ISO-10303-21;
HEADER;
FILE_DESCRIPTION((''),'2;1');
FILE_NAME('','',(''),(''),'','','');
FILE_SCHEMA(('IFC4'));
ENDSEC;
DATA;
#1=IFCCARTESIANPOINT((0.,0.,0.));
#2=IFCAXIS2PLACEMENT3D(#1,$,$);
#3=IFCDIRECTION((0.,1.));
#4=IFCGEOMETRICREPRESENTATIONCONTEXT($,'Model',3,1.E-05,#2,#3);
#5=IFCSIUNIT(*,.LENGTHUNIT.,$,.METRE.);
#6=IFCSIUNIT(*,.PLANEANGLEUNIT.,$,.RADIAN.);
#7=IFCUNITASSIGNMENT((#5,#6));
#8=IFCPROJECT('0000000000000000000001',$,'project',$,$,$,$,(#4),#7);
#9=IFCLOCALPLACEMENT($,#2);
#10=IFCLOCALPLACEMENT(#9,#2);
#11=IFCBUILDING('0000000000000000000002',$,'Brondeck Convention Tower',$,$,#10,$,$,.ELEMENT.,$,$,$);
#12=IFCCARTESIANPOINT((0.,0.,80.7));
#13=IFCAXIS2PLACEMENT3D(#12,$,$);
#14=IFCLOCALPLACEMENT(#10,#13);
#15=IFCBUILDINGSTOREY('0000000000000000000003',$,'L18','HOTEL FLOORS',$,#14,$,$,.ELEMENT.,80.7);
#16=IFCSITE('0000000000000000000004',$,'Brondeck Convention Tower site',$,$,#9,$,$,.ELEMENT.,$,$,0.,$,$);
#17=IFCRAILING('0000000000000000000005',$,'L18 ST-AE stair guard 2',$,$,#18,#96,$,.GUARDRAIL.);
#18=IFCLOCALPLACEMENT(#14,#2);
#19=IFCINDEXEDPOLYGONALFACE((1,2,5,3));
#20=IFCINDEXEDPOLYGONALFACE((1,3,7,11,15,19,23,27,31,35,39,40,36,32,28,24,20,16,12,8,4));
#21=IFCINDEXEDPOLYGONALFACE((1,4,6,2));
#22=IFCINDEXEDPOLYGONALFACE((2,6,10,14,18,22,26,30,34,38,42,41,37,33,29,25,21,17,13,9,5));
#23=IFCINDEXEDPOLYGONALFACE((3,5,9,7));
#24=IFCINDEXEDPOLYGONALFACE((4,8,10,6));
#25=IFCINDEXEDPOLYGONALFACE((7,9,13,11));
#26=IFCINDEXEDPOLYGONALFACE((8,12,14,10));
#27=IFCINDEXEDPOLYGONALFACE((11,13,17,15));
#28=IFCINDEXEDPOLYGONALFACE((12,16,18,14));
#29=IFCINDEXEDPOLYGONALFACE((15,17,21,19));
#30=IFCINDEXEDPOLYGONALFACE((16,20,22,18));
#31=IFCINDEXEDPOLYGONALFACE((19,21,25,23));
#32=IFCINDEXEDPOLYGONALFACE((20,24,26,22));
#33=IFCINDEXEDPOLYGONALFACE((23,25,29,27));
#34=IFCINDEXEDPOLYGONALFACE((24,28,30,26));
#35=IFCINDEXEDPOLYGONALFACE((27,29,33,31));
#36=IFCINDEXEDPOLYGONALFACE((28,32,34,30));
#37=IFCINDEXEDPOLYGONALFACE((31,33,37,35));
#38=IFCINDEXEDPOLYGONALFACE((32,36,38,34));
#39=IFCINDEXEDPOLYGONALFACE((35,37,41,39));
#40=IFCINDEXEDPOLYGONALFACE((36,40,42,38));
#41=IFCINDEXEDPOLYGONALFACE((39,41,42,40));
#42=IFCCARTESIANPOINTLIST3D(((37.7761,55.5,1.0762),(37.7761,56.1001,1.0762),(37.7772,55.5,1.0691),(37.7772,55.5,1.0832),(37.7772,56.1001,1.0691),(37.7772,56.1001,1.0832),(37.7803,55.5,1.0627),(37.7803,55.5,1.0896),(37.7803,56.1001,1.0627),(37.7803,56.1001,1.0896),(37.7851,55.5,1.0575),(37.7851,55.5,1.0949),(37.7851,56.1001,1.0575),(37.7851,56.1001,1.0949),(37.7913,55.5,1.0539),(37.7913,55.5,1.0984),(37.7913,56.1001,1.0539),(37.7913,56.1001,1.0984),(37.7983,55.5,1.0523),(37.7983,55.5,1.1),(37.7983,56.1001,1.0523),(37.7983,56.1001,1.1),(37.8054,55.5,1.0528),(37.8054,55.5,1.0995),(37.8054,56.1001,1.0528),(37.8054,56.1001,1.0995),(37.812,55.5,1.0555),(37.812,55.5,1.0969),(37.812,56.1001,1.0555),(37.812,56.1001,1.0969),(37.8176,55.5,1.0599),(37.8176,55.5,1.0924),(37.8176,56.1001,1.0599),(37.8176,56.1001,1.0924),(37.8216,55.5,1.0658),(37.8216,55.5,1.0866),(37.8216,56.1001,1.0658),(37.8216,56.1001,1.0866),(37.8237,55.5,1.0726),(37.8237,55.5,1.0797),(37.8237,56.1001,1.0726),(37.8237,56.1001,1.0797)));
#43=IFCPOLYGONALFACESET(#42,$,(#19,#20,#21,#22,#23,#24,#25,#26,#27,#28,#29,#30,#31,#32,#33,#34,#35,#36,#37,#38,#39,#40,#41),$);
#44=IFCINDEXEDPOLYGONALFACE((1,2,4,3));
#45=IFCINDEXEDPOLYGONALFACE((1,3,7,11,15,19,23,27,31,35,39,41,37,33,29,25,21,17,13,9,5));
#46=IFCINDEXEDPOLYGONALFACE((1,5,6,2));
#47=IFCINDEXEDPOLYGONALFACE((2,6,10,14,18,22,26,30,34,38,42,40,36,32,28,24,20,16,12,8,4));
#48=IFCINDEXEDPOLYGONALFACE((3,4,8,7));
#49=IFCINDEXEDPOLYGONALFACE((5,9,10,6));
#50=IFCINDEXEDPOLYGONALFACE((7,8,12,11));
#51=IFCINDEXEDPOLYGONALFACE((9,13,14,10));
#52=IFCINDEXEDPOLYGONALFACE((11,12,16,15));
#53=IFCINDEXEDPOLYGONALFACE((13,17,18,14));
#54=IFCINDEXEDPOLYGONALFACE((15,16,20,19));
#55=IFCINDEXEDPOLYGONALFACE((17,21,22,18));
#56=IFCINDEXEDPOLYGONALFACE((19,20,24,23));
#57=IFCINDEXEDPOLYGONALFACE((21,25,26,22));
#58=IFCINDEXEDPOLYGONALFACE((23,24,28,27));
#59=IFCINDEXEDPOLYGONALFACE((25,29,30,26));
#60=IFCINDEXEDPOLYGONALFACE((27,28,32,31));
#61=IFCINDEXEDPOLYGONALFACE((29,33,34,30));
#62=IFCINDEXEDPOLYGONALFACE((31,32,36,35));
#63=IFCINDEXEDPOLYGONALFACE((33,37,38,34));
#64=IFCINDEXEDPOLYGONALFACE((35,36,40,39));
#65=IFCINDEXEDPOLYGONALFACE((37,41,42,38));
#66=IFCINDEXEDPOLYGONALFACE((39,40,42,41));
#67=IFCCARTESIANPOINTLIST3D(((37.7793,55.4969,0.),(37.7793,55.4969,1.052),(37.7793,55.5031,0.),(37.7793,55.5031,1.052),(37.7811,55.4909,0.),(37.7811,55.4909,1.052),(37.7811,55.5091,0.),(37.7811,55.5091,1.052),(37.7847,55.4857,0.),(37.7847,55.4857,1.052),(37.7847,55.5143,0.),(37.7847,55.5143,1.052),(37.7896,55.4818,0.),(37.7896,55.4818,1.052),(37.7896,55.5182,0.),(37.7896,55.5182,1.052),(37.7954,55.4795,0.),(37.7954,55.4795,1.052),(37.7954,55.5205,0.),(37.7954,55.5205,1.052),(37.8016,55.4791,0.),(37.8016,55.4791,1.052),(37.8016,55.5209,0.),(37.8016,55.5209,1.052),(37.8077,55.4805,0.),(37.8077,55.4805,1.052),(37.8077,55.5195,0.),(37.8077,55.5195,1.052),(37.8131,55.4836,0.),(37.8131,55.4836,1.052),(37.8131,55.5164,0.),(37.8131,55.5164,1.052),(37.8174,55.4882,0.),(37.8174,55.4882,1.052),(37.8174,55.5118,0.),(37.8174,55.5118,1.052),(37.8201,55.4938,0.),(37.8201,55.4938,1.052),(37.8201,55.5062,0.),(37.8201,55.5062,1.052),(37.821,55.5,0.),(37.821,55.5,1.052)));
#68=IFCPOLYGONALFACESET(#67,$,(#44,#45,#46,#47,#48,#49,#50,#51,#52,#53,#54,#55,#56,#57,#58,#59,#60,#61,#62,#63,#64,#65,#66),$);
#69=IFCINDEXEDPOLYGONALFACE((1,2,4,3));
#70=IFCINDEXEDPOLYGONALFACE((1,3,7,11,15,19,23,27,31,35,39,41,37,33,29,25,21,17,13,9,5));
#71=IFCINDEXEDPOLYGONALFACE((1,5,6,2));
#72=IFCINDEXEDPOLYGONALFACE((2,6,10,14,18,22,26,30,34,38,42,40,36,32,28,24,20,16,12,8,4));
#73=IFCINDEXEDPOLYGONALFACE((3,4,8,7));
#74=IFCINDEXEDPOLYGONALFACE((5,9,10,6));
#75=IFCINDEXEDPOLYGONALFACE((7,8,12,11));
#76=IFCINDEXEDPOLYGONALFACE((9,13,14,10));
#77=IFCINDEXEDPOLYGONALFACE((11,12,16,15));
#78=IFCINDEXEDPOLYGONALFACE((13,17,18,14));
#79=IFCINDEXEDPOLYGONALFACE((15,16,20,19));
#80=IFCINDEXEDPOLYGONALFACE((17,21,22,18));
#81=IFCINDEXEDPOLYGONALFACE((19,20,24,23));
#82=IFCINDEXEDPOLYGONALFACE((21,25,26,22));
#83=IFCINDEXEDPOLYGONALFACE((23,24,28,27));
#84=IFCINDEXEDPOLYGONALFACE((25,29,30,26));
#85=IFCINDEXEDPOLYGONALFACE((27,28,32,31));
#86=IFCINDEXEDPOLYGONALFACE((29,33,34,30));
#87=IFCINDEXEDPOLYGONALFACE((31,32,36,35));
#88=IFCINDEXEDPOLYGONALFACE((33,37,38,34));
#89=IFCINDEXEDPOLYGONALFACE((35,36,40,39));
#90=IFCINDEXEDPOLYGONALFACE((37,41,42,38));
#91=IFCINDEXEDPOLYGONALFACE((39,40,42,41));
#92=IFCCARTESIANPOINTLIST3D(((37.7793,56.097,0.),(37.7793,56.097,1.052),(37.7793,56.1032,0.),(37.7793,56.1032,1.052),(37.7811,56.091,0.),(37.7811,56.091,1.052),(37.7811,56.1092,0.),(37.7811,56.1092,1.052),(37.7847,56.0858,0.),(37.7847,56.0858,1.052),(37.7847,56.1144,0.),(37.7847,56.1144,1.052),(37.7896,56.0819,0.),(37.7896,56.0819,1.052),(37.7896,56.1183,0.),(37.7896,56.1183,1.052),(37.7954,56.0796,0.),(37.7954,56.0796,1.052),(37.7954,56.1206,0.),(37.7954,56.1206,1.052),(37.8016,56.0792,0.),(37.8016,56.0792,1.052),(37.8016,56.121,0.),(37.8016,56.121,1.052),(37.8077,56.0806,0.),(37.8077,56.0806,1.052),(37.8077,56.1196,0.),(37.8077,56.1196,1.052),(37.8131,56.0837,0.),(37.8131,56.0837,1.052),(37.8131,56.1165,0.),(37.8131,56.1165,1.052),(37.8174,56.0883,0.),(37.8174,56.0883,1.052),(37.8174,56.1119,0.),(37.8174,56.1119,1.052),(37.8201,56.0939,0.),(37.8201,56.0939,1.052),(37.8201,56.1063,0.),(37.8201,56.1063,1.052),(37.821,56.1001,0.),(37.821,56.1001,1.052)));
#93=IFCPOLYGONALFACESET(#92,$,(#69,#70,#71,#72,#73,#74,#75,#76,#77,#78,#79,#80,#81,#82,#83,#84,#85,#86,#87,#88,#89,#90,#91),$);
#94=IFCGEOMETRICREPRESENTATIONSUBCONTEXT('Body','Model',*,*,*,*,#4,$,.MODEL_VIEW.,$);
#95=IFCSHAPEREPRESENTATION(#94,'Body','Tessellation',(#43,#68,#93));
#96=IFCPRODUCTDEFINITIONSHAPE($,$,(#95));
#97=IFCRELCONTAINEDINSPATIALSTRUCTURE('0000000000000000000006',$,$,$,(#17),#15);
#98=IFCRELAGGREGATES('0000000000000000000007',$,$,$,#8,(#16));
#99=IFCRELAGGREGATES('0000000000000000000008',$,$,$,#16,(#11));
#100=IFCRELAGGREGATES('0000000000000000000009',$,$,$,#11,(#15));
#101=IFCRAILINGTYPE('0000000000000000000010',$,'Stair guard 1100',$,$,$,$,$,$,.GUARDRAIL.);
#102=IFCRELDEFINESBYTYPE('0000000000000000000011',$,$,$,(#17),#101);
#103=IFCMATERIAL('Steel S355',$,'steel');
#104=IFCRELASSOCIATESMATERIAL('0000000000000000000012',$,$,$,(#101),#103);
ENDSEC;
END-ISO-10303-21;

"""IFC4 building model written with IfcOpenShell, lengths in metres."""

from ifc_helpers import new_model, si_unit, direction, frame, origin, origin_2d, place, context, subcontext, project, spatial, circle, extrude, material, type_object, element, save


model = new_model("IFC4")

# Units and contexts
model_context = context("Model", 3, precision=1e-05, world=origin(), true_north=direction((0.0, 1.0)))
body_context = subcontext(model_context, "Body", "Model", "MODEL_VIEW")
ifc_project = project(units=[si_unit("LENGTHUNIT", "METRE"), si_unit("PLANEANGLEUNIT", "RADIAN")], contexts=[model_context])

# Site, building, storey
site_placement = place(None, origin())
site = spatial("IfcSite", under=ifc_project, at=site_placement, Name="Brondeck Convention Tower site", CompositionType="ELEMENT", RefElevation=0.0)
building_placement = place(site_placement, origin())
building = spatial("IfcBuilding", under=site, at=building_placement, Name="Brondeck Convention Tower", CompositionType="ELEMENT")
storey_placement = place(building_placement, frame((0.0, 0.0, 80.7)))
storey = spatial("IfcBuildingStorey", under=building, at=storey_placement, Name="L18", Description="HOTEL FLOORS", CompositionType="ELEMENT", Elevation=80.7)

# Shared definitions
ifc_material_1 = material(Name="Steel S355", Category="steel")

# Railing
railing_type_1 = type_object("IfcRailingType", Name="Stair guard 1100", PredefinedType="GUARDRAIL", material=ifc_material_1)
railing_1_placement = place(storey_placement, frame((37.8, 55.5, 0.0)))
element("IfcRailing", 1, at=railing_1_placement, inside=storey, type_object=railing_type_1, Name="L18 ST-AE stair guard 2", PredefinedType="GUARDRAIL", context=body_context, shape_type="SweptSolid", body=[
    extrude(circle(Radius=0.0239, at=origin_2d()), frame((0.0, 0.0, 1.0762), z_axis=(0.0, 1.0, 0.0), x_axis=(-1.0, 0.0, 0.0)), (0.0, 0.0, 1.0), 0.6001),
    extrude(circle(Radius=0.021, at=origin_2d()), origin(), (0.0, 0.0, 1.0), 1.052),
    extrude(circle(Radius=0.021, at=origin_2d()), frame((0.0, 0.6001, 0.0)), (0.0, 0.0, 1.0), 1.052),
])

save(model, "model.ifc")
